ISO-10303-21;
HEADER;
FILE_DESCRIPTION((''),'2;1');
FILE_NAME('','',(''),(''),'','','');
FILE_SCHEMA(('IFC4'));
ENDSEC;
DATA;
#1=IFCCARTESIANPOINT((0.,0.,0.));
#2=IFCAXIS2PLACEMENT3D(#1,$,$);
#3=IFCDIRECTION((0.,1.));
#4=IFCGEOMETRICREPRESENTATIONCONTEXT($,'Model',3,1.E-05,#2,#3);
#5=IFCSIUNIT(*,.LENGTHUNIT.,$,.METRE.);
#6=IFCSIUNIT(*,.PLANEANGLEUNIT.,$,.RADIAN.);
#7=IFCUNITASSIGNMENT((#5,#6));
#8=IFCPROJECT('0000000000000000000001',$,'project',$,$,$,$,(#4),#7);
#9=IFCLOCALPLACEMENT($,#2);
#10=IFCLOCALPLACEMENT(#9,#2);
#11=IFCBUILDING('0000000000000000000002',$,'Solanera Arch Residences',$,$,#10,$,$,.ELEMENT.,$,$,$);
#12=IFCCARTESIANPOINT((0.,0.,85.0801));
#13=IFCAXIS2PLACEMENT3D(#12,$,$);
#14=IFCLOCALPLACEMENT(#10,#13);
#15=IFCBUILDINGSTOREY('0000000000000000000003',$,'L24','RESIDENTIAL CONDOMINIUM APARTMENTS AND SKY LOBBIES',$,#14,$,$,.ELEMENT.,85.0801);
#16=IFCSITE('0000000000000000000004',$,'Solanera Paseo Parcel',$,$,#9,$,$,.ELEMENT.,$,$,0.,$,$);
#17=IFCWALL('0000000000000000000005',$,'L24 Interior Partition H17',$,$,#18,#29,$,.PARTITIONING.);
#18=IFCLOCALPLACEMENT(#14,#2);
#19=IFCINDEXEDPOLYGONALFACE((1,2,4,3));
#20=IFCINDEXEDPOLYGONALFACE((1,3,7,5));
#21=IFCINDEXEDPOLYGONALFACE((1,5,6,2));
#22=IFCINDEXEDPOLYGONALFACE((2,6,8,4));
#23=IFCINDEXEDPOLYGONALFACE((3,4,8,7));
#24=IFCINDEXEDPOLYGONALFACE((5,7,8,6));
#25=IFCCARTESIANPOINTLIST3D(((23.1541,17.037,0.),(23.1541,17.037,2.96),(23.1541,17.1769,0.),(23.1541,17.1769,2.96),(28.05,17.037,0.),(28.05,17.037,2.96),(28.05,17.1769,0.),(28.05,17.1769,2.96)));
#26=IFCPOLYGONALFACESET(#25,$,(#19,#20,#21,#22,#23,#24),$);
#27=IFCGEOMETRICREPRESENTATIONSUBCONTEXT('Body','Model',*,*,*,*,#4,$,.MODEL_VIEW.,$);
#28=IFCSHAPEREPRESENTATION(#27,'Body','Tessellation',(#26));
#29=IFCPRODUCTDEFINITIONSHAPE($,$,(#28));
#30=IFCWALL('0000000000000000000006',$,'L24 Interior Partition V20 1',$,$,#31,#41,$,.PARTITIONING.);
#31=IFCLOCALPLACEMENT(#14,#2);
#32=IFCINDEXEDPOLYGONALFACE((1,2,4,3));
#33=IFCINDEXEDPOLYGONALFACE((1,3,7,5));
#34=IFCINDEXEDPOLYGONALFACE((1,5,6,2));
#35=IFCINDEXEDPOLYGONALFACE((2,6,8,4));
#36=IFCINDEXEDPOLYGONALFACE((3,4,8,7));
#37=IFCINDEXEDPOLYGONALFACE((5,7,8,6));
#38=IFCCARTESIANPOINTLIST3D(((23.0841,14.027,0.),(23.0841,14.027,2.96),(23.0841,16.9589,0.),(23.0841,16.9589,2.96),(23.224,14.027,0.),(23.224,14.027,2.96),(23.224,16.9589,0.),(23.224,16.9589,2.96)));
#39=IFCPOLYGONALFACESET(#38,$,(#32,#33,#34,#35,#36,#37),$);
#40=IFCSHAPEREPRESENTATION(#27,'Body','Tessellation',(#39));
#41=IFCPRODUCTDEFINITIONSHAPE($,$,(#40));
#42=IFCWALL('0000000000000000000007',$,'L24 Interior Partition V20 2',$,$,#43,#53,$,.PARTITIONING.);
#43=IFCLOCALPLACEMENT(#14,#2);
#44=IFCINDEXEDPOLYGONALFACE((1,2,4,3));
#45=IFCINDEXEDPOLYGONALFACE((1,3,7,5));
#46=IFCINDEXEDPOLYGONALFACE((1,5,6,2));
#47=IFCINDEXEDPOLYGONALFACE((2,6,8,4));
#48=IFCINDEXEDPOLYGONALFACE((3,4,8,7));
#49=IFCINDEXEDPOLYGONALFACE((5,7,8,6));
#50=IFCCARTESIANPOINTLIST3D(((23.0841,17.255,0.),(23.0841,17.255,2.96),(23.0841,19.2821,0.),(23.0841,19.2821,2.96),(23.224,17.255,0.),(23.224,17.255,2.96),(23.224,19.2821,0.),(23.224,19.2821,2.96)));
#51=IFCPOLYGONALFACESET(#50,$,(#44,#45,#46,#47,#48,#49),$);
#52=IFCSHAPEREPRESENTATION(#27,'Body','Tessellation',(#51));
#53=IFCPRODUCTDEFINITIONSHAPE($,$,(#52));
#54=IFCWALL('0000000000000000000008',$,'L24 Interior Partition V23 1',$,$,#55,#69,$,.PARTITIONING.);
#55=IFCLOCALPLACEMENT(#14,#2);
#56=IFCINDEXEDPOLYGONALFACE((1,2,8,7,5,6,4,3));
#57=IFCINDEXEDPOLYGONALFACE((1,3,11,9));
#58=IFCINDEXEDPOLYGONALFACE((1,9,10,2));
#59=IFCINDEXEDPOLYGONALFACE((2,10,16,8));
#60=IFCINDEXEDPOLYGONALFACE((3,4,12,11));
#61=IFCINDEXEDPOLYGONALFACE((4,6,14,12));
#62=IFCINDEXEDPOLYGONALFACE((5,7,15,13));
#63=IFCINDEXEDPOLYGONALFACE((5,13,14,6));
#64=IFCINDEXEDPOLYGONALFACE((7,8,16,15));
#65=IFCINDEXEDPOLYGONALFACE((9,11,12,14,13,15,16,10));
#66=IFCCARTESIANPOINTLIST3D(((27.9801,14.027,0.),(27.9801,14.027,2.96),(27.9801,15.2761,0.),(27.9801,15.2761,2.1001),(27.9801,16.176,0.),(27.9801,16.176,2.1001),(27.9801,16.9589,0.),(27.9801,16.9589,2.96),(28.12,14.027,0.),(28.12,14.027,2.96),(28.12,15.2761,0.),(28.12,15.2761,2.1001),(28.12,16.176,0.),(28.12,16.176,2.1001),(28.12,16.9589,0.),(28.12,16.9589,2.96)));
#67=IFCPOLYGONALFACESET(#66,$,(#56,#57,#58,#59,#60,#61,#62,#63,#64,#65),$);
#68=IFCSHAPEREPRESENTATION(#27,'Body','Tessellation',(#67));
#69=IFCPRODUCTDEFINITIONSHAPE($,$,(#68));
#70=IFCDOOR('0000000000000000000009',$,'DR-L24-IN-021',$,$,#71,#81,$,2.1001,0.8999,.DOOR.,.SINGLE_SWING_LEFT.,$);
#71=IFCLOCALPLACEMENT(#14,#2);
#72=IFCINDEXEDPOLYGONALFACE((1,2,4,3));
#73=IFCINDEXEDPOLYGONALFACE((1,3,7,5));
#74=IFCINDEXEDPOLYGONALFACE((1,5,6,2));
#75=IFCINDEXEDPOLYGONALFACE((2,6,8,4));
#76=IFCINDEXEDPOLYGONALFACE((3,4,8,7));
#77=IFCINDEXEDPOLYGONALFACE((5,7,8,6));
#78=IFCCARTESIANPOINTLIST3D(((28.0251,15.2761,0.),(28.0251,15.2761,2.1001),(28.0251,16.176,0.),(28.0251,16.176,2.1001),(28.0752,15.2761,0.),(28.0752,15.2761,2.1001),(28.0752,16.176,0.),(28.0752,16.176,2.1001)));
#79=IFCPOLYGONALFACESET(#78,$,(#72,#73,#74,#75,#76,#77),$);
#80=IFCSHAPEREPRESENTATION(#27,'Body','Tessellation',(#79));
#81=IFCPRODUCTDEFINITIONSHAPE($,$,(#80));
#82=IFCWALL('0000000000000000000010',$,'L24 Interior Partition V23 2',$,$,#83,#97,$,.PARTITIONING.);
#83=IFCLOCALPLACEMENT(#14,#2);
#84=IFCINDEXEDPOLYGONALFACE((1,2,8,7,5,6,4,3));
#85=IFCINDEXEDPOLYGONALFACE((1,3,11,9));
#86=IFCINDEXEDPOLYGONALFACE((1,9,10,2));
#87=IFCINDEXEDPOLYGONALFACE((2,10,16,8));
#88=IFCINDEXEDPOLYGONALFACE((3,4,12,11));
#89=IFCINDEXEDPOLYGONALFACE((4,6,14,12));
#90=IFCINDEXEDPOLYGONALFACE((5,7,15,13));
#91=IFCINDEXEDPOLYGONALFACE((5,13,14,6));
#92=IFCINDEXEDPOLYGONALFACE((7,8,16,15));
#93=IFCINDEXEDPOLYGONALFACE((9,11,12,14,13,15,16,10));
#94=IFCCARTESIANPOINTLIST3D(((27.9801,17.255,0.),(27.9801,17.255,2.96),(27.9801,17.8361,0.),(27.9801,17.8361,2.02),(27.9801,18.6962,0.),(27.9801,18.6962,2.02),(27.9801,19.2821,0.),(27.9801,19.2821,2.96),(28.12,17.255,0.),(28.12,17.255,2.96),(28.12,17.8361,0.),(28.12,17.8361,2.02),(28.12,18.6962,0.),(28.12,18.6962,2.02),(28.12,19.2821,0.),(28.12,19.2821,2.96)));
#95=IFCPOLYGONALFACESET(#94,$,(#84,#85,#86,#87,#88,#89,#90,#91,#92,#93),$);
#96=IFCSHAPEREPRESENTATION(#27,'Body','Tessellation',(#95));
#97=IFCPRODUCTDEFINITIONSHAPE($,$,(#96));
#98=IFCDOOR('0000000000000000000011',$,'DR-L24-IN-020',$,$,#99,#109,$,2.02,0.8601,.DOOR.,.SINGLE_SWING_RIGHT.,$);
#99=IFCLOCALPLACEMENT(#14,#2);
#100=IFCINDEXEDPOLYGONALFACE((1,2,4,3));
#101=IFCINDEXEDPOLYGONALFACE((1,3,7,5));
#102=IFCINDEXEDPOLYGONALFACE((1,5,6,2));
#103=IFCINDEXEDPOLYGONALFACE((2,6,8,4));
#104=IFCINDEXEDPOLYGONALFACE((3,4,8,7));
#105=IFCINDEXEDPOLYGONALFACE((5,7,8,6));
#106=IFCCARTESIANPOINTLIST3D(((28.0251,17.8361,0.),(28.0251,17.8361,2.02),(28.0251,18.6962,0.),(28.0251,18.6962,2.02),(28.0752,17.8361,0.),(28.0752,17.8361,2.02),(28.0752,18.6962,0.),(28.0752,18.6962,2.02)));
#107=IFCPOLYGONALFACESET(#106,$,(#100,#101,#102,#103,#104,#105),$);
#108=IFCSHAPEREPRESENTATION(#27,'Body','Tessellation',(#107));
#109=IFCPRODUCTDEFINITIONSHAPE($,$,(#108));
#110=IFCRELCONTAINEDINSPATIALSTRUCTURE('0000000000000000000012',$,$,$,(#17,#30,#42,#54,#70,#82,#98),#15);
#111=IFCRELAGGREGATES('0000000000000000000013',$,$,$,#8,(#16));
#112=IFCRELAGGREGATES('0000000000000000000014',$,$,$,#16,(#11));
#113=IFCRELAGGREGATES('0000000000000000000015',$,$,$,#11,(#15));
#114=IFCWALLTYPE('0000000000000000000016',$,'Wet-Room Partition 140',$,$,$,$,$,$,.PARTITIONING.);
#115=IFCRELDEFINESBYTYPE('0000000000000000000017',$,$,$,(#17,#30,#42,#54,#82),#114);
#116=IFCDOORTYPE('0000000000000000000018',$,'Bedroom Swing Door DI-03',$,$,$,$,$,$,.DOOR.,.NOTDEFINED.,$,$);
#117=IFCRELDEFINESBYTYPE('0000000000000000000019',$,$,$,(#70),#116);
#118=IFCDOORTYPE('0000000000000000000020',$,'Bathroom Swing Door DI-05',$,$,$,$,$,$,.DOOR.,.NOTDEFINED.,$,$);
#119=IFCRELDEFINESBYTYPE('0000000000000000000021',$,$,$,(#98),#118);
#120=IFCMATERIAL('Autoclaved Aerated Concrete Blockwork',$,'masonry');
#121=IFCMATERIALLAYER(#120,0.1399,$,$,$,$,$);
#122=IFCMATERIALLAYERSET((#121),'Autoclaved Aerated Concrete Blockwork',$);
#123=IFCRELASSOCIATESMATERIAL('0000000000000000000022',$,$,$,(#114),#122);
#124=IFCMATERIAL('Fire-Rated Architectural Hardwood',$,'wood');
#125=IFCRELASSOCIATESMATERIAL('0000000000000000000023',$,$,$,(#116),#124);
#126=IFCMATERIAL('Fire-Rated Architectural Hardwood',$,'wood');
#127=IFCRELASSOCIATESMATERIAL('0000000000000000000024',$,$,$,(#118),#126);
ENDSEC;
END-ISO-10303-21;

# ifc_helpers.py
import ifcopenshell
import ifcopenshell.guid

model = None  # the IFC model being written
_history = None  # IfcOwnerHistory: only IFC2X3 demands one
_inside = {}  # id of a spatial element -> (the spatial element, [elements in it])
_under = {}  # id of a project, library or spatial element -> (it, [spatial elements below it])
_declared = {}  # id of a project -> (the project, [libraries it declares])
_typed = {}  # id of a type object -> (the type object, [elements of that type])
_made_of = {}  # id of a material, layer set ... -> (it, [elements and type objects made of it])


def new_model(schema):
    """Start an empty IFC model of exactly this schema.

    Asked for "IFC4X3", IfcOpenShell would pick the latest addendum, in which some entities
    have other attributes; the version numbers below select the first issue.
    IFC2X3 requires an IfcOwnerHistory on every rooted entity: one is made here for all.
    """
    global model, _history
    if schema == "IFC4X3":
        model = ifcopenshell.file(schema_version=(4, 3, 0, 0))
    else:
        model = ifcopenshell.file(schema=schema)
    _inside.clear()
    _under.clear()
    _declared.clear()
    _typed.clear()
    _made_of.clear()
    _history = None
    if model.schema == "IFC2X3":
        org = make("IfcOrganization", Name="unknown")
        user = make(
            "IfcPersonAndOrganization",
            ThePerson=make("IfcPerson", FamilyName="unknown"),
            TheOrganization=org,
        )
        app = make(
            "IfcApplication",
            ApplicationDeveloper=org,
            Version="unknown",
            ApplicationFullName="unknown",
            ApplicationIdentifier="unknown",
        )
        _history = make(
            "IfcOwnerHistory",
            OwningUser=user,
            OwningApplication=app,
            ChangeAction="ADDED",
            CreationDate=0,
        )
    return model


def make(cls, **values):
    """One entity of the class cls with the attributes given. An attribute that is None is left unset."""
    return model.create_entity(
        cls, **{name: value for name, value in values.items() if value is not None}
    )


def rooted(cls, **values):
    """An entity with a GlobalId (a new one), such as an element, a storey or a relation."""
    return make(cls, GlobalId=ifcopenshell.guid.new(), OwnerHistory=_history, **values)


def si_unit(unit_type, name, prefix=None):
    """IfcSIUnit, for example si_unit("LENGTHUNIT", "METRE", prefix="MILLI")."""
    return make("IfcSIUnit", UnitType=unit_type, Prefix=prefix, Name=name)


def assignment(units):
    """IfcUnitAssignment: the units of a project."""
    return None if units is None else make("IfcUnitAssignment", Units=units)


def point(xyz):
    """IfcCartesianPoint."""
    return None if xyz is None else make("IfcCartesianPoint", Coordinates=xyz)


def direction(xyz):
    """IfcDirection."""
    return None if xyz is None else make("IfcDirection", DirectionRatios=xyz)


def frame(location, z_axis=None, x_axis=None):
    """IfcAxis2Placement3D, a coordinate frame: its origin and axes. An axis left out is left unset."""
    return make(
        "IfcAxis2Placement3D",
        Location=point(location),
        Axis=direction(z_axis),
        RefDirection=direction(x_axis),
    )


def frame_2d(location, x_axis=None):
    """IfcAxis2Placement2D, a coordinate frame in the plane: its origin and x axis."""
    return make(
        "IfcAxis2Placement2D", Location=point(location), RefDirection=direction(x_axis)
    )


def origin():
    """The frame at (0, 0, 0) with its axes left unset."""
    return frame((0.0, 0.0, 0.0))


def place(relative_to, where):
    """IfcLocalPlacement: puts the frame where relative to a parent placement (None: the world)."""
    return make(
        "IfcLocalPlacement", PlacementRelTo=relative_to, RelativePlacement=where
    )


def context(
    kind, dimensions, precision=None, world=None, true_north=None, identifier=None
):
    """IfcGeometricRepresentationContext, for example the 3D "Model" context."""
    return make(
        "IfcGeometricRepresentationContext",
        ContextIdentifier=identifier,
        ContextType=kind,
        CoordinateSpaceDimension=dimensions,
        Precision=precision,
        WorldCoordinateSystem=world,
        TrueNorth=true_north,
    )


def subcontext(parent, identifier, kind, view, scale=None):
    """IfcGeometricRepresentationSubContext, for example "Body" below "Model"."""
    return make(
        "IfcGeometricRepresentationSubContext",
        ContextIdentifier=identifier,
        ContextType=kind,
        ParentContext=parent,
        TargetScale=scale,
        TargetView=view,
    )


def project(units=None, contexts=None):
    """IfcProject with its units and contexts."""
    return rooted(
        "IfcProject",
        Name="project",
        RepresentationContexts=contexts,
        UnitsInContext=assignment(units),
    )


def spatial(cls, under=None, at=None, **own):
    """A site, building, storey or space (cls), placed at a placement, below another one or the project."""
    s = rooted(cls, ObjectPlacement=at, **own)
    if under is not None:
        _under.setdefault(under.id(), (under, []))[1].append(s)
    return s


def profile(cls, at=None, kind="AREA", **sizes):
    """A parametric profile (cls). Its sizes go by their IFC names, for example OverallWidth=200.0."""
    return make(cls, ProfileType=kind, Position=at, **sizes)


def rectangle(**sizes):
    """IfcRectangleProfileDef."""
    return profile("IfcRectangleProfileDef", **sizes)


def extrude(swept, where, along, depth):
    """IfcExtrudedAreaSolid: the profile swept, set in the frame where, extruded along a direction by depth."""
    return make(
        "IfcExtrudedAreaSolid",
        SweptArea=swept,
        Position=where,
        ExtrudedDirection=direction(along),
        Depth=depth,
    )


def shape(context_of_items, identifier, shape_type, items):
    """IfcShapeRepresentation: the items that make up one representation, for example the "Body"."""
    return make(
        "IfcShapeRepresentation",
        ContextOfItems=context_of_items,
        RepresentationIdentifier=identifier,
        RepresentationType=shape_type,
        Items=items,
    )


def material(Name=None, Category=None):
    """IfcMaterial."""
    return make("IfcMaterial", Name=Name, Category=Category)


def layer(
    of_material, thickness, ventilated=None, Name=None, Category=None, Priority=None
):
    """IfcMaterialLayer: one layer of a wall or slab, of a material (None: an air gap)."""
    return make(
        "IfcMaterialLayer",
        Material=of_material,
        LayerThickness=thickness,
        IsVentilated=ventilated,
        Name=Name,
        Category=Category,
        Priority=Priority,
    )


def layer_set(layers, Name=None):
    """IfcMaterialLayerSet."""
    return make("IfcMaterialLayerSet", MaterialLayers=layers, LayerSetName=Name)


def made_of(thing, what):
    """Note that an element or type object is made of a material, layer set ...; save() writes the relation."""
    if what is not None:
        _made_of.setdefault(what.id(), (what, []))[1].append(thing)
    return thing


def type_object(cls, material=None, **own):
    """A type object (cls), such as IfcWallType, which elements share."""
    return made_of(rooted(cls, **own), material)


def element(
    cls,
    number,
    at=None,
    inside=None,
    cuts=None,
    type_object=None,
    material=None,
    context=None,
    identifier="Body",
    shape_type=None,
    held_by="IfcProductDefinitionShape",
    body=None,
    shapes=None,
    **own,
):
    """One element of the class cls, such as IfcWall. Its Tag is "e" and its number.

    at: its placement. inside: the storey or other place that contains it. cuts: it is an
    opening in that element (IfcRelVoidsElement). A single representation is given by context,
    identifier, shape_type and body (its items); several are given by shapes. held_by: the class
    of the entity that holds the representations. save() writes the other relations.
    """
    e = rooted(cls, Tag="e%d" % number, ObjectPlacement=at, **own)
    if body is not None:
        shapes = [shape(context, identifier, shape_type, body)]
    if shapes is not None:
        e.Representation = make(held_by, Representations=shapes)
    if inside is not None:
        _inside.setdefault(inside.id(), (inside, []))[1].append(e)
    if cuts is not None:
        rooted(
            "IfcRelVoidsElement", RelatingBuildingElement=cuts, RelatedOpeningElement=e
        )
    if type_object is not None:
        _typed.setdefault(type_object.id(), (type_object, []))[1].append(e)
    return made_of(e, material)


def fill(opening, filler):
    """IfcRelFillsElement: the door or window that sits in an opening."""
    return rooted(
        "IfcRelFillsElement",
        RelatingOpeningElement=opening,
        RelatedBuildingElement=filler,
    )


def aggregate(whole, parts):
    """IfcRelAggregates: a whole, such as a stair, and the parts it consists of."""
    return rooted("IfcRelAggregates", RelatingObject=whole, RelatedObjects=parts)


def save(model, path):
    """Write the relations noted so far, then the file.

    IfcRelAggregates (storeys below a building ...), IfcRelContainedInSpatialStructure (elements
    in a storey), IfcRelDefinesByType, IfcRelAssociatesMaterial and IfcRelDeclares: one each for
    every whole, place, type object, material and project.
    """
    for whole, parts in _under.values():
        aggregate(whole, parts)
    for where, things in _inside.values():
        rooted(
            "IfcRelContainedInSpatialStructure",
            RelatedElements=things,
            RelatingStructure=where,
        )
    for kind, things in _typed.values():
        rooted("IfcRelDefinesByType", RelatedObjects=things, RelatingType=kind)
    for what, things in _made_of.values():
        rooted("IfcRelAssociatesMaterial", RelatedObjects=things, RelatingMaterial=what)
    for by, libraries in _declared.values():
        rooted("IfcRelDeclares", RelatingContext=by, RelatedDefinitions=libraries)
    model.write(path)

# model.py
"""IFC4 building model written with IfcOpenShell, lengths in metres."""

from ifc_helpers import new_model, si_unit, direction, frame, frame_2d, origin, place, context, subcontext, project, spatial, rectangle, extrude, material, layer, layer_set, type_object, element, fill, save


model = new_model("IFC4")

# Units and contexts
model_context = context("Model", 3, precision=1e-05, world=origin(), true_north=direction((0.0, 1.0)))
body_context = subcontext(model_context, "Body", "Model", "MODEL_VIEW")
ifc_project = project(units=[si_unit("LENGTHUNIT", "METRE"), si_unit("PLANEANGLEUNIT", "RADIAN")], contexts=[model_context])

# Site, building, storey
site_placement = place(None, origin())
site = spatial("IfcSite", under=ifc_project, at=site_placement, Name="Solanera Paseo Parcel", CompositionType="ELEMENT", RefElevation=0.0)
building_placement = place(site_placement, origin())
building = spatial("IfcBuilding", under=site, at=building_placement, Name="Solanera Arch Residences", CompositionType="ELEMENT")
storey_placement = place(building_placement, frame((0.0, 0.0, 85.0801)))
storey = spatial("IfcBuildingStorey", under=building, at=storey_placement, Name="L24", Description="RESIDENTIAL CONDOMINIUM APARTMENTS AND SKY LOBBIES", CompositionType="ELEMENT", Elevation=85.0801)

# Walls
ifc_material_1 = material(Name="Autoclaved Aerated Concrete Blockwork", Category="masonry")
ifc_layer_1 = layer(ifc_material_1, 0.1399)
ifc_layer_set_1 = layer_set([ifc_layer_1], Name="Autoclaved Aerated Concrete Blockwork")
wall_type_1 = type_object("IfcWallType", Name="Wet-Room Partition 140", PredefinedType="PARTITIONING", material=ifc_layer_set_1)
wall_1_placement = place(storey_placement, frame((23.1541, 17.1069, 0.0), z_axis=(0.0, 0.0, 1.0), x_axis=(1.0, 0.0, 0.0)))
element("IfcWall", 1, at=wall_1_placement, inside=storey, type_object=wall_type_1, Name="L24 Interior Partition H17", PredefinedType="PARTITIONING", context=body_context, shape_type="SweptSolid", body=[
    extrude(rectangle(XDim=4.896, YDim=0.1399, at=frame_2d((2.448, 0.0))), origin(), (0.0, 0.0, 1.0), 2.96),
])
wall_2_placement = place(storey_placement, frame((23.1541, 14.0271, 0.0), z_axis=(0.0, 0.0, 1.0), x_axis=(0.0, 1.0, 0.0)))
element("IfcWall", 2, at=wall_2_placement, inside=storey, type_object=wall_type_1, Name="L24 Interior Partition V20 1", PredefinedType="PARTITIONING", context=body_context, shape_type="SweptSolid", body=[
    extrude(rectangle(XDim=2.9319, YDim=0.1399, at=frame_2d((1.4658, 0.0))), origin(), (0.0, 0.0, 1.0), 2.96),
])
wall_3_placement = place(storey_placement, frame((23.1541, 17.2549, 0.0), z_axis=(0.0, 0.0, 1.0), x_axis=(0.0, 1.0, 0.0)))
element("IfcWall", 3, at=wall_3_placement, inside=storey, type_object=wall_type_1, Name="L24 Interior Partition V20 2", PredefinedType="PARTITIONING", context=body_context, shape_type="SweptSolid", body=[
    extrude(rectangle(XDim=2.0271, YDim=0.1399, at=frame_2d((1.0137, 0.0))), origin(), (0.0, 0.0, 1.0), 2.96),
])

# Walls, openings, doors
wall_4_placement = place(storey_placement, frame((28.05, 14.0271, 0.0), z_axis=(0.0, 0.0, 1.0), x_axis=(0.0, 1.0, 0.0)))
wall_4 = element("IfcWall", 4, at=wall_4_placement, inside=storey, type_object=wall_type_1, Name="L24 Interior Partition V23 1", PredefinedType="PARTITIONING", context=body_context, shape_type="SweptSolid", body=[
    extrude(rectangle(XDim=2.9319, YDim=0.1399, at=frame_2d((1.4658, 0.0))), origin(), (0.0, 0.0, 1.0), 2.96),
])
opening_1_placement = place(wall_4_placement, frame((1.249, 0.0, 0.0)))
opening_1 = element("IfcOpeningElement", 5, at=opening_1_placement, cuts=wall_4, PredefinedType="OPENING", context=body_context, shape_type="SweptSolid", body=[
    extrude(rectangle(XDim=0.8999, YDim=2.1001, at=frame_2d((0.45, 1.05))), frame((0.0, 0.0798, 0.0), z_axis=(0.0, -1.0, 0.0), x_axis=(1.0, 0.0, 0.0)), (0.0, 0.0, 1.0), 0.1599),
])
ifc_material_2 = material(Name="Fire-Rated Architectural Hardwood", Category="wood")
door_type_1 = type_object("IfcDoorType", Name="Bedroom Swing Door DI-03", OperationType="NOTDEFINED", PredefinedType="DOOR", material=ifc_material_2)
door_1_placement = place(opening_1_placement, origin())
door_1 = element("IfcDoor", 6, at=door_1_placement, inside=storey, type_object=door_type_1, Name="DR-L24-IN-021", OperationType="SINGLE_SWING_LEFT", OverallHeight=2.1001, OverallWidth=0.8999, PredefinedType="DOOR", context=body_context, shape_type="SweptSolid", body=[
    extrude(rectangle(XDim=0.8999, YDim=2.1001, at=frame_2d((0.45, 1.05))), frame((0.0, 0.0249, 0.0), z_axis=(0.0, -1.0, 0.0), x_axis=(1.0, 0.0, 0.0)), (0.0, 0.0, 1.0), 0.05),
])
fill(opening_1, door_1)
wall_5_placement = place(storey_placement, frame((28.05, 17.2549, 0.0), z_axis=(0.0, 0.0, 1.0), x_axis=(0.0, 1.0, 0.0)))
wall_5 = element("IfcWall", 7, at=wall_5_placement, inside=storey, type_object=wall_type_1, Name="L24 Interior Partition V23 2", PredefinedType="PARTITIONING", context=body_context, shape_type="SweptSolid", body=[
    extrude(rectangle(XDim=2.0271, YDim=0.1399, at=frame_2d((1.0137, 0.0))), origin(), (0.0, 0.0, 1.0), 2.96),
])
opening_2_placement = place(wall_5_placement, frame((0.5811, 0.0, 0.0)))
opening_2 = element("IfcOpeningElement", 8, at=opening_2_placement, cuts=wall_5, PredefinedType="OPENING", context=body_context, shape_type="SweptSolid", body=[
    extrude(rectangle(XDim=0.8601, YDim=2.02, at=frame_2d((0.4302, 1.01))), frame((0.0, 0.0798, 0.0), z_axis=(0.0, -1.0, 0.0), x_axis=(1.0, 0.0, 0.0)), (0.0, 0.0, 1.0), 0.1599),
])
ifc_material_3 = material(Name="Fire-Rated Architectural Hardwood", Category="wood")
door_type_2 = type_object("IfcDoorType", Name="Bathroom Swing Door DI-05", OperationType="NOTDEFINED", PredefinedType="DOOR", material=ifc_material_3)
door_2_placement = place(opening_2_placement, origin())
door_2 = element("IfcDoor", 9, at=door_2_placement, inside=storey, type_object=door_type_2, Name="DR-L24-IN-020", OperationType="SINGLE_SWING_RIGHT", OverallHeight=2.02, OverallWidth=0.8601, PredefinedType="DOOR", context=body_context, shape_type="SweptSolid", body=[
    extrude(rectangle(XDim=0.8601, YDim=2.02, at=frame_2d((0.4302, 1.01))), frame((0.0, 0.0249, 0.0), z_axis=(0.0, -1.0, 0.0), x_axis=(1.0, 0.0, 0.0)), (0.0, 0.0, 1.0), 0.05),
])
fill(opening_2, door_2)

save(model, "model.ifc")
